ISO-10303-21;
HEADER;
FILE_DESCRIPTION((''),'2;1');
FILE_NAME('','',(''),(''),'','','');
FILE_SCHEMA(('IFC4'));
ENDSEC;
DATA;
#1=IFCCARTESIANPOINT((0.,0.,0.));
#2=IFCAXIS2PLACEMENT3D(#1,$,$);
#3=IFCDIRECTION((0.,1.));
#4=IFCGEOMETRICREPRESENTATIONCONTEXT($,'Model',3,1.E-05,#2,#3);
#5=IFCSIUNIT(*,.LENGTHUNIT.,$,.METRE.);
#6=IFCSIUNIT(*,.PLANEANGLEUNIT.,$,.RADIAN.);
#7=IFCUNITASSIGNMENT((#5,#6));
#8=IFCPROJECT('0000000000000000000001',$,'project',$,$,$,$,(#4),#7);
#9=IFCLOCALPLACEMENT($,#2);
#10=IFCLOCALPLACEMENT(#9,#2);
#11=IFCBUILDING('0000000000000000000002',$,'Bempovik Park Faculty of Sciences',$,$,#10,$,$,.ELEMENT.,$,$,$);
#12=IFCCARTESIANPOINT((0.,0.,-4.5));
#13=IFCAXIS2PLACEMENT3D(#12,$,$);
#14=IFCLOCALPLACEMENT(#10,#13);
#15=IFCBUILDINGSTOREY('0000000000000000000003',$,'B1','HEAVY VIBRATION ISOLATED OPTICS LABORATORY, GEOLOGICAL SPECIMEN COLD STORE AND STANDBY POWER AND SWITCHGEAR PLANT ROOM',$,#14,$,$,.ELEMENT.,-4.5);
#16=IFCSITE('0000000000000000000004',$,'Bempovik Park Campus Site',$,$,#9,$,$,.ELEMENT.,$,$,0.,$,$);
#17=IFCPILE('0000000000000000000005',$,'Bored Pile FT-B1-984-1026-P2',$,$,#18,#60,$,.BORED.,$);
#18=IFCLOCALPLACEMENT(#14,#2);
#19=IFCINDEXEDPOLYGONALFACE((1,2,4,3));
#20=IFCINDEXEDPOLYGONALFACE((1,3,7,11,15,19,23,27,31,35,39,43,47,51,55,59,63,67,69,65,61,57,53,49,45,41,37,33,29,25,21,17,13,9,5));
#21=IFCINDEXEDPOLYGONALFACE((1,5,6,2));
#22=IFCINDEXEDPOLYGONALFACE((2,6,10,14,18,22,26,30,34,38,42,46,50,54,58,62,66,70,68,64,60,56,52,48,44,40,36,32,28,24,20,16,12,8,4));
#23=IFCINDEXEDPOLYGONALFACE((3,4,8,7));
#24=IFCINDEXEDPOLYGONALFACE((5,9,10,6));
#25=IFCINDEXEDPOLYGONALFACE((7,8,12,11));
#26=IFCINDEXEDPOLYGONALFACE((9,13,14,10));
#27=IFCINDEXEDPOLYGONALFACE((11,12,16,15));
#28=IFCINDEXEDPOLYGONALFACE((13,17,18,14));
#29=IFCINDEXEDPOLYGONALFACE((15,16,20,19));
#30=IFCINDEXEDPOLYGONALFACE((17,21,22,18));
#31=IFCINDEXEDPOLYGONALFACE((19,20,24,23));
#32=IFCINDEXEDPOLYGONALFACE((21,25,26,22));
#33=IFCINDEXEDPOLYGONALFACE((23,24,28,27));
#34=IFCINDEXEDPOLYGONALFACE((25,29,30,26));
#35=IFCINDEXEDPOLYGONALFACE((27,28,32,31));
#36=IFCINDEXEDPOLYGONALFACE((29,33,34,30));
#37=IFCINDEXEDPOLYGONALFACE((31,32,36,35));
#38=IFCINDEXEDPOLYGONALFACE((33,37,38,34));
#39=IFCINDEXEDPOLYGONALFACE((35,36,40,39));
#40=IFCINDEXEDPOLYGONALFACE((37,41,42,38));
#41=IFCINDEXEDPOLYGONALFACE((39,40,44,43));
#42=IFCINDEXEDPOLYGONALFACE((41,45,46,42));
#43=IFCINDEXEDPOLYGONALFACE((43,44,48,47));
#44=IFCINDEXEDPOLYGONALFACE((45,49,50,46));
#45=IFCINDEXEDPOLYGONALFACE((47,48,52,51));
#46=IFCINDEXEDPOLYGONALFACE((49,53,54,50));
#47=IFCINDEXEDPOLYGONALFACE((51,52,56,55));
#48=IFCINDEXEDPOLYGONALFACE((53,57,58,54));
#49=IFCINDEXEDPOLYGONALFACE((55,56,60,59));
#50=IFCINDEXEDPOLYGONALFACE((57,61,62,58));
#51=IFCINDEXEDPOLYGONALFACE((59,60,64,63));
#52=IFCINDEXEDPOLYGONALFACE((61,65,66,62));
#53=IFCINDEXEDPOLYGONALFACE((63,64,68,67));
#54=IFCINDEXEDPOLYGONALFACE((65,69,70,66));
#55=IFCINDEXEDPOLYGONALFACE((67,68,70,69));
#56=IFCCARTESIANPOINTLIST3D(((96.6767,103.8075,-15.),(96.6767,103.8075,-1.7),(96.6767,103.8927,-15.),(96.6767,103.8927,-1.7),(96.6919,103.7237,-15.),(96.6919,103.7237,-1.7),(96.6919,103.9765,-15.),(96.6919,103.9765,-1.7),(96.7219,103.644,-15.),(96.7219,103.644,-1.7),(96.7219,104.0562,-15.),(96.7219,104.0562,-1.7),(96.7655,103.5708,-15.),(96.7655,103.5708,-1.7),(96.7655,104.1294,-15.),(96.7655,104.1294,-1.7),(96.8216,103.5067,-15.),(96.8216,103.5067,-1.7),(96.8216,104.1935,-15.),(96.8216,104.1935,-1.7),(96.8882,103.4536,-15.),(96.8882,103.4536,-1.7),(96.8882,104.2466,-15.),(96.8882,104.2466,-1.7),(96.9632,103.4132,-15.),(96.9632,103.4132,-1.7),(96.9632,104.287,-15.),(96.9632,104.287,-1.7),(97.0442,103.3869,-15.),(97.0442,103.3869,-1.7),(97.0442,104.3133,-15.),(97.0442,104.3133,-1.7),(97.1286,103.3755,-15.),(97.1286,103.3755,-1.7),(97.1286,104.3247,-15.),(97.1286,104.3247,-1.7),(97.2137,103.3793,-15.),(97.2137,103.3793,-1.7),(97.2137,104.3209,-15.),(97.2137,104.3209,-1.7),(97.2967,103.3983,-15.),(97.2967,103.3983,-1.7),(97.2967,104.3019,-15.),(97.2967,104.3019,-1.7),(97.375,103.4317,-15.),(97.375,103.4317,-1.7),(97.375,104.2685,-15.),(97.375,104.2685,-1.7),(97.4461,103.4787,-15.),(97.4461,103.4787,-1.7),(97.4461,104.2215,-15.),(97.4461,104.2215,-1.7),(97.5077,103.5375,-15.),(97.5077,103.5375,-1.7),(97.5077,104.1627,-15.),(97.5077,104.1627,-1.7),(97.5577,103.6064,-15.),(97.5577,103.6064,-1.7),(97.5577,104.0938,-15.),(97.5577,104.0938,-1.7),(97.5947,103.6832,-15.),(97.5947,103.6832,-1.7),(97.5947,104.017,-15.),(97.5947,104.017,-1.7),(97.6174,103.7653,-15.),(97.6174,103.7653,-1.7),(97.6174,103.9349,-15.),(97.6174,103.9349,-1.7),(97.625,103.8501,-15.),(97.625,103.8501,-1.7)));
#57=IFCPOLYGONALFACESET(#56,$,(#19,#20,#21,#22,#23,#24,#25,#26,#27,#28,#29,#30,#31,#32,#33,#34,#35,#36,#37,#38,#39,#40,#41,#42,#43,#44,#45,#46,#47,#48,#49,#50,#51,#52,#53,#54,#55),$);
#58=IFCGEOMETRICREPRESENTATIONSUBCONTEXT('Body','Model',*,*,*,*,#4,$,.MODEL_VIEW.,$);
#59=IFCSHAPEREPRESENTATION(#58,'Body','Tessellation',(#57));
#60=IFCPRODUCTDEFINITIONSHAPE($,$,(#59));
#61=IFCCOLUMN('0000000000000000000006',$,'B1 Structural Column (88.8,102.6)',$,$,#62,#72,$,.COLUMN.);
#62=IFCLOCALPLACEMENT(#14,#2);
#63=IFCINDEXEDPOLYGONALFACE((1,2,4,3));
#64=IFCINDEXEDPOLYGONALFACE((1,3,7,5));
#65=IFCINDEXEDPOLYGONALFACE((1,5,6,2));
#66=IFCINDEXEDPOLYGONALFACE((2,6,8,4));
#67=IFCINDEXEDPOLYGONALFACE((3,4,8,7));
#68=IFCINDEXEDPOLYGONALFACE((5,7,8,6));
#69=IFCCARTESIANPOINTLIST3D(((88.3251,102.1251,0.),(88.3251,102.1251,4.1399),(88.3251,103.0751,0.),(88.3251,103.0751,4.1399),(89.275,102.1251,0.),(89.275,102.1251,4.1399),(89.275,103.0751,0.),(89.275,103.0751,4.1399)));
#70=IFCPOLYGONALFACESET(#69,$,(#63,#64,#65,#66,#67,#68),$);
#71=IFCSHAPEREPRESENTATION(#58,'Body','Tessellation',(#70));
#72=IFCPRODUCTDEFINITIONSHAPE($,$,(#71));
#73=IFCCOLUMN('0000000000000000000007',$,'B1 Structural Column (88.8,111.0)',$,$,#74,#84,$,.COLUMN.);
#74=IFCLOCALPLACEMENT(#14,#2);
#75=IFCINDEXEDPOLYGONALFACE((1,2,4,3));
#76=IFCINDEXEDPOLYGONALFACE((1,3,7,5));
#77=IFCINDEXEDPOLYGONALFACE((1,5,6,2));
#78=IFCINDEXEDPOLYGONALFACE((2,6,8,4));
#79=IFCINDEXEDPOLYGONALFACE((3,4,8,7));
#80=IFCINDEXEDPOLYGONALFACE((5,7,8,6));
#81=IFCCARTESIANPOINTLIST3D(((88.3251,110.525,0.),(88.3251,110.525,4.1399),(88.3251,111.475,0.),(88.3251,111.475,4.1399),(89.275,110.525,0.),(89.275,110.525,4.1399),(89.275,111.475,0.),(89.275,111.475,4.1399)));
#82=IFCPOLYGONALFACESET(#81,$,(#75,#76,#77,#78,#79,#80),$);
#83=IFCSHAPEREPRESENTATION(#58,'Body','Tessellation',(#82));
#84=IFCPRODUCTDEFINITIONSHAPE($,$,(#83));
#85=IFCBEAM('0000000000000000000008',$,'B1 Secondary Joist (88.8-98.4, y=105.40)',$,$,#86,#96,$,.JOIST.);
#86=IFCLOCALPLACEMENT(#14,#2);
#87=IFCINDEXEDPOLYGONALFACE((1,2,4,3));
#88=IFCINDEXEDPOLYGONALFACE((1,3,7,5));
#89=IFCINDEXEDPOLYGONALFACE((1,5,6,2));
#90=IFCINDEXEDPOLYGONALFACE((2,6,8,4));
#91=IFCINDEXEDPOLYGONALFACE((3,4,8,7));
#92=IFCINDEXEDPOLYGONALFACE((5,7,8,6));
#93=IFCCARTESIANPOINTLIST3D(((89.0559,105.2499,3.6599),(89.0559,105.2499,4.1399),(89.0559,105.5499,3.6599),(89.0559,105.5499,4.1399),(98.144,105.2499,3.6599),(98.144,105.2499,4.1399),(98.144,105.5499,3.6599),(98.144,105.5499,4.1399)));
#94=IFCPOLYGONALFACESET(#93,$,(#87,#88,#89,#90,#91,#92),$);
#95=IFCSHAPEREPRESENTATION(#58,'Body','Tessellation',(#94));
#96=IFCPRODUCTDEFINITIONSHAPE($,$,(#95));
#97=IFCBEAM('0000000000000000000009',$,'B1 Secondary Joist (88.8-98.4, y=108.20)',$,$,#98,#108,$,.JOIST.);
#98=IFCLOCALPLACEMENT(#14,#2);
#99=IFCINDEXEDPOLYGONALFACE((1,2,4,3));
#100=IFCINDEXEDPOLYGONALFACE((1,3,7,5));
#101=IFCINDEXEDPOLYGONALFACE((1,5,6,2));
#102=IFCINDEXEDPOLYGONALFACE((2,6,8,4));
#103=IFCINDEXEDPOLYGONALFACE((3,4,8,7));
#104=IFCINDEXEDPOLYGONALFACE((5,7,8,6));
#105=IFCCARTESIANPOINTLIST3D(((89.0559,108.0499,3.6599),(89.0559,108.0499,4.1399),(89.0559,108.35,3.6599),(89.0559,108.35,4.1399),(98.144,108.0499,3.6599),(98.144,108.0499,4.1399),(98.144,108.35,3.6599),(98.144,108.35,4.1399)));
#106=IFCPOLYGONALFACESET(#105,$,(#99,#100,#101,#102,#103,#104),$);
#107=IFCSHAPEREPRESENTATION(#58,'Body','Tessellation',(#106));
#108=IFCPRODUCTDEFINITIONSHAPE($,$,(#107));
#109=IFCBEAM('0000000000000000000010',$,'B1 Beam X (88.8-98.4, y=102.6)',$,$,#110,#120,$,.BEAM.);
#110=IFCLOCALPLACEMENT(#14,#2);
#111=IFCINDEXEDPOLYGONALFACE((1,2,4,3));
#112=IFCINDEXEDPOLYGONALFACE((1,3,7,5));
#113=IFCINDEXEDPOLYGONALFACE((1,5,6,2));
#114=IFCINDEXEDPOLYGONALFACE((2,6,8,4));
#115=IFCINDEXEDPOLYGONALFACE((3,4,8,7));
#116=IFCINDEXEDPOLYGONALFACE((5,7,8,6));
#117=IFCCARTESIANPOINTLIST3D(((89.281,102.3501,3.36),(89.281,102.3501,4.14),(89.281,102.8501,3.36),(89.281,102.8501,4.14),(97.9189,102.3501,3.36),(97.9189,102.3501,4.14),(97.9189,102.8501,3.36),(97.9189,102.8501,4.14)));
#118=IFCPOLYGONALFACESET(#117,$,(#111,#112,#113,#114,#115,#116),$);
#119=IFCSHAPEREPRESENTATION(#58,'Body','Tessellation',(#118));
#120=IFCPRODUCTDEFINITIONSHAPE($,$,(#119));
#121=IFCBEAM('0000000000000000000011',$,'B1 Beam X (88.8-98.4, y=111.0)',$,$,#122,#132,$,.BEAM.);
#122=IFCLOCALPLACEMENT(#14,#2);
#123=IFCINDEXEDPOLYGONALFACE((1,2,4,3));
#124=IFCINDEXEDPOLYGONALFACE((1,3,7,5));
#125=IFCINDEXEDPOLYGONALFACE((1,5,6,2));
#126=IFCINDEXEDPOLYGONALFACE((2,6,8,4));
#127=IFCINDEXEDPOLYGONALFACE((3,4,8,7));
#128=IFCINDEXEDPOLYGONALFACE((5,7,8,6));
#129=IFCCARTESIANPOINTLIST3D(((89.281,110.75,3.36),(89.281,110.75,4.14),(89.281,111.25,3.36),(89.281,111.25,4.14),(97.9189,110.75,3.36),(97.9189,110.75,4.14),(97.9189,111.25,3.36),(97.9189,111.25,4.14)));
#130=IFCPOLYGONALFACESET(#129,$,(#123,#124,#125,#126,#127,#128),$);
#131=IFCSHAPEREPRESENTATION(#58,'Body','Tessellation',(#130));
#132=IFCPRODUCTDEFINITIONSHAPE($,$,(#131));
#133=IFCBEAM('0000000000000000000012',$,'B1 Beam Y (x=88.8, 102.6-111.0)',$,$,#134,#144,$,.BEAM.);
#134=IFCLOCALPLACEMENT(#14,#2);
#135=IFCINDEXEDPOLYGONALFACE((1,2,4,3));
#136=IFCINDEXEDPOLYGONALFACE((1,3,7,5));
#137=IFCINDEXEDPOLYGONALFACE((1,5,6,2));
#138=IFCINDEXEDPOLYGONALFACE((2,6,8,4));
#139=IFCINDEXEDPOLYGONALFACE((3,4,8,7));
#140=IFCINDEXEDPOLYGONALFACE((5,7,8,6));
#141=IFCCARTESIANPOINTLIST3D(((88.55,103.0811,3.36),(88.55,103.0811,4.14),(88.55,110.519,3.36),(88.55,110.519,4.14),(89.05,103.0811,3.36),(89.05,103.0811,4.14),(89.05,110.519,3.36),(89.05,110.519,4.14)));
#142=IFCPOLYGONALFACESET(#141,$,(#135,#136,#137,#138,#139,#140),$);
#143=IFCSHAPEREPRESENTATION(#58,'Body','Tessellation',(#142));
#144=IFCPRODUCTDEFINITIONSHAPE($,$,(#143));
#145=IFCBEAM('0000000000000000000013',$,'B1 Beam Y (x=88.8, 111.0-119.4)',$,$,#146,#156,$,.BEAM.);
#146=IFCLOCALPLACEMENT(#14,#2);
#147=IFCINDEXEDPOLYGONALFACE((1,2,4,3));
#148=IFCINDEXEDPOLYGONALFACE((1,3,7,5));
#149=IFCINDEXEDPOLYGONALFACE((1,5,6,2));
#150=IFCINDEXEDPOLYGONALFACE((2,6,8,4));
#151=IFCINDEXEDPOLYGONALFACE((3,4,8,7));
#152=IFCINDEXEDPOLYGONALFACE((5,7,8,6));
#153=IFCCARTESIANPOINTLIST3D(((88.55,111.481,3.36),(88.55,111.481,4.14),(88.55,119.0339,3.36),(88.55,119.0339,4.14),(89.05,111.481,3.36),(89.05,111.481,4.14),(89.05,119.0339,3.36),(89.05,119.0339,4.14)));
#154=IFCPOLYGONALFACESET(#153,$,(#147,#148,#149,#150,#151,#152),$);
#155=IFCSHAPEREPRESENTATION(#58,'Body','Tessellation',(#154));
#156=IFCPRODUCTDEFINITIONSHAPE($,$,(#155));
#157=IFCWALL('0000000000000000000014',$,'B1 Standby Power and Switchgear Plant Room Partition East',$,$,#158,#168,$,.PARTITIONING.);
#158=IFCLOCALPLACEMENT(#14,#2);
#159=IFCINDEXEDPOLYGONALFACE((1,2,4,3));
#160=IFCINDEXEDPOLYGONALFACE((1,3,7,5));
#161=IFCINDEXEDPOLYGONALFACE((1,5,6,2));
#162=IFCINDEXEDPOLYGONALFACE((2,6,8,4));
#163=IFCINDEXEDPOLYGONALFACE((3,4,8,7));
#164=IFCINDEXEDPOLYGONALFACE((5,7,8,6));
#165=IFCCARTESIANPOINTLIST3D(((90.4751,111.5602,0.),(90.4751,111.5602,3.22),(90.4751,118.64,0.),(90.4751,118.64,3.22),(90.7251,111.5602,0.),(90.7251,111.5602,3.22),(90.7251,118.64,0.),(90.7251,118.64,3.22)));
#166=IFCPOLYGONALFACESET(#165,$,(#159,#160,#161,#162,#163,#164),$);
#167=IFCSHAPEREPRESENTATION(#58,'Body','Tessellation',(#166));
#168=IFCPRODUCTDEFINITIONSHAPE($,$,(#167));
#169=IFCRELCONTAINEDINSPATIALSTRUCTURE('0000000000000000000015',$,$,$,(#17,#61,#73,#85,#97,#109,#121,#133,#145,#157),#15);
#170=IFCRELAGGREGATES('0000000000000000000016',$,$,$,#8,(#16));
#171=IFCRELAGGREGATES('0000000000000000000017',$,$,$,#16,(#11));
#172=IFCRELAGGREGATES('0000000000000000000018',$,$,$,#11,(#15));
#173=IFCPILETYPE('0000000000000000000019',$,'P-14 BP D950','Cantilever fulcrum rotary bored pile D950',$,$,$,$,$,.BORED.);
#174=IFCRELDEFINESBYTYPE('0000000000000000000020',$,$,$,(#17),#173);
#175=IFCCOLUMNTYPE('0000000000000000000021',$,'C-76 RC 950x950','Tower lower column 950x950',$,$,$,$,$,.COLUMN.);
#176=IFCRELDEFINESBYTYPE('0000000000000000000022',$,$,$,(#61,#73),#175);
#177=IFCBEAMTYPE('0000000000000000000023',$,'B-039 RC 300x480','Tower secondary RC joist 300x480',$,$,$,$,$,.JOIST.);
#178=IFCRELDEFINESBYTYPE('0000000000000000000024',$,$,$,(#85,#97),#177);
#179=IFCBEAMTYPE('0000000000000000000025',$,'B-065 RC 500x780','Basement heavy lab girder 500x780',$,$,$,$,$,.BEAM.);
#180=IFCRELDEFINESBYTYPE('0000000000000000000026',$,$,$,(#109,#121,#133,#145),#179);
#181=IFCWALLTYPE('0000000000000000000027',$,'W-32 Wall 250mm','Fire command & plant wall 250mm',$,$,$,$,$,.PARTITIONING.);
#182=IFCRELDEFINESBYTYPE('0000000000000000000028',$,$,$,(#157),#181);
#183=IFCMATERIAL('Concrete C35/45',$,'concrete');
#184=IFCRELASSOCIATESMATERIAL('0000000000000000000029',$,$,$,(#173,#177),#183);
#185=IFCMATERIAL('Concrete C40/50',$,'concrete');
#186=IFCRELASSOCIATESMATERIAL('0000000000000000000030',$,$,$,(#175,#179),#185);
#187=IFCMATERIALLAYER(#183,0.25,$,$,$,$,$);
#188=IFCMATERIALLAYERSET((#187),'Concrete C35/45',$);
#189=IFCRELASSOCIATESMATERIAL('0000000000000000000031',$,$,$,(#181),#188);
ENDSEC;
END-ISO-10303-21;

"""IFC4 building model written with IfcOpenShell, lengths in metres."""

from ifc_helpers import new_model, si_unit, direction, frame, frame_2d, origin, origin_2d, place, context, subcontext, project, spatial, rectangle, circle, extrude, material, layer, layer_set, material_profile, profile_set, type_object, element, save


model = new_model("IFC4")

# Units and contexts
model_context = context("Model", 3, precision=1e-05, world=origin(), true_north=direction((0.0, 1.0)))
body_context = subcontext(model_context, "Body", "Model", "MODEL_VIEW")
ifc_project = project(units=[si_unit("LENGTHUNIT", "METRE"), si_unit("PLANEANGLEUNIT", "RADIAN")], contexts=[model_context])

# Site, building, storey
site_placement = place(None, origin())
site = spatial("IfcSite", under=ifc_project, at=site_placement, Name="Bempovik Park Campus Site", CompositionType="ELEMENT", RefElevation=0.0)
building_placement = place(site_placement, origin())
building = spatial("IfcBuilding", under=site, at=building_placement, Name="Bempovik Park Faculty of Sciences", CompositionType="ELEMENT")
storey_placement = place(building_placement, frame((0.0, 0.0, -4.5)))
storey = spatial("IfcBuildingStorey", under=building, at=storey_placement, Name="B1", Description="HEAVY VIBRATION ISOLATED OPTICS LABORATORY, GEOLOGICAL SPECIMEN COLD STORE AND STANDBY POWER AND SWITCHGEAR PLANT ROOM", CompositionType="ELEMENT", Elevation=-4.5)

# Shared definitions
ifc_material_1 = material(Name="Concrete C35/45", Category="concrete")

# Pile
ifc_material_profile_1 = material_profile(ifc_material_1, circle(Radius=0.4751, at=origin_2d()), Name="BP D950")
ifc_profile_set_1 = profile_set([ifc_material_profile_1], Name="Concrete C35/45")
pile_type = type_object("IfcPileType", Name="P-14 BP D950", Description="Cantilever fulcrum rotary bored pile D950", PredefinedType="BORED", material=ifc_profile_set_1)
for number, where, z_axis, x_axis, name in (
    (1, (97.1499, 103.8501, -1.7), (0.0, 0.0, -1.0), (1.0, 0.0, 0.0), "Bored Pile FT-B1-984-1026-P2"),
):
    element("IfcPile", number, at=place(storey_placement, frame(where, z_axis=z_axis, x_axis=x_axis)), inside=storey, type_object=pile_type, Name=name, PredefinedType="BORED", context=body_context, shape_type="SweptSolid", body=[
        extrude(circle(Radius=0.4751, at=origin_2d()), origin(), (0.0, 0.0, 1.0), 13.3),
    ])

# Columns
ifc_material_2 = material(Name="Concrete C40/50", Category="concrete")
ifc_material_profile_2 = material_profile(ifc_material_2, rectangle(XDim=0.95, YDim=0.95, at=origin_2d()), Name="RC 950x950")
ifc_profile_set_2 = profile_set([ifc_material_profile_2], Name="Concrete C40/50")
column_type = type_object("IfcColumnType", Name="C-76 RC 950x950", Description="Tower lower column 950x950", PredefinedType="COLUMN", material=ifc_profile_set_2)
for number, where, z_axis, x_axis, name in (
    (2, (88.8, 102.6001, 0.0), (0.0, 0.0, 1.0), (1.0, 0.0, 0.0), "B1 Structural Column (88.8,102.6)"),
    (3, (88.8, 111.0, 0.0), (0.0, 0.0, 1.0), (1.0, 0.0, 0.0), "B1 Structural Column (88.8,111.0)"),
):
    element("IfcColumn", number, at=place(storey_placement, frame(where, z_axis=z_axis, x_axis=x_axis)), inside=storey, type_object=column_type, Name=name, PredefinedType="COLUMN", context=body_context, shape_type="SweptSolid", body=[
        extrude(rectangle(XDim=0.95, YDim=0.95, at=origin_2d()), origin(), (0.0, 0.0, 1.0), 4.1399),
    ])

# Beams
ifc_material_profile_3 = material_profile(ifc_material_1, rectangle(XDim=0.3, YDim=0.48, at=origin_2d()), Name="RC 300x480")
ifc_profile_set_3 = profile_set([ifc_material_profile_3], Name="Concrete C35/45")
beam_type_1 = type_object("IfcBeamType", Name="B-039 RC 300x480", Description="Tower secondary RC joist 300x480", PredefinedType="JOIST", material=ifc_profile_set_3)
for number, where, z_axis, x_axis, name in (
    (4, (89.0559, 105.3999, 3.8999), (1.0, 0.0, 0.0), (0.0, 1.0, 0.0), "B1 Secondary Joist (88.8-98.4, y=105.40)"),
    (5, (89.0559, 108.2, 3.8999), (1.0, 0.0, 0.0), (0.0, 1.0, 0.0), "B1 Secondary Joist (88.8-98.4, y=108.20)"),
):
    element("IfcBeam", number, at=place(storey_placement, frame(where, z_axis=z_axis, x_axis=x_axis)), inside=storey, type_object=beam_type_1, Name=name, PredefinedType="JOIST", context=body_context, shape_type="SweptSolid", body=[
        extrude(rectangle(XDim=0.3, YDim=0.48, at=origin_2d()), origin(), (0.0, 0.0, 1.0), 9.0881),
    ])
ifc_material_profile_4 = material_profile(ifc_material_2, rectangle(XDim=0.5, YDim=0.78, at=origin_2d()), Name="RC 500x780")
ifc_profile_set_4 = profile_set([ifc_material_profile_4], Name="Concrete C40/50")
beam_type_2 = type_object("IfcBeamType", Name="B-065 RC 500x780", Description="Basement heavy lab girder 500x780", PredefinedType="BEAM", material=ifc_profile_set_4)
for number, where, z_axis, x_axis, name in (
    (6, (89.281, 102.6001, 3.75), (1.0, 0.0, 0.0), (0.0, 1.0, 0.0), "B1 Beam X (88.8-98.4, y=102.6)"),
    (7, (89.281, 111.0, 3.75), (1.0, 0.0, 0.0), (0.0, 1.0, 0.0), "B1 Beam X (88.8-98.4, y=111.0)"),
):
    element("IfcBeam", number, at=place(storey_placement, frame(where, z_axis=z_axis, x_axis=x_axis)), inside=storey, type_object=beam_type_2, Name=name, PredefinedType="BEAM", context=body_context, shape_type="SweptSolid", body=[
        extrude(rectangle(XDim=0.5, YDim=0.78, at=origin_2d()), origin(), (0.0, 0.0, 1.0), 8.6379),
    ])
beam_1_placement = place(storey_placement, frame((88.8, 103.0811, 3.75), z_axis=(0.0, 1.0, 0.0), x_axis=(-1.0, 0.0, 0.0)))
element("IfcBeam", 8, at=beam_1_placement, inside=storey, type_object=beam_type_2, Name="B1 Beam Y (x=88.8, 102.6-111.0)", PredefinedType="BEAM", context=body_context, shape_type="SweptSolid", body=[
    extrude(rectangle(XDim=0.5, YDim=0.78, at=origin_2d()), origin(), (0.0, 0.0, 1.0), 7.438),
])
beam_2_placement = place(storey_placement, frame((88.8, 111.481, 3.75), z_axis=(0.0, 1.0, 0.0), x_axis=(-1.0, 0.0, 0.0)))
element("IfcBeam", 9, at=beam_2_placement, inside=storey, type_object=beam_type_2, Name="B1 Beam Y (x=88.8, 111.0-119.4)", PredefinedType="BEAM", context=body_context, shape_type="SweptSolid", body=[
    extrude(rectangle(XDim=0.5, YDim=0.78, at=origin_2d()), origin(), (0.0, 0.0, 1.0), 7.553),
])

# Wall
ifc_layer_1 = layer(ifc_material_1, 0.25)
ifc_layer_set_1 = layer_set([ifc_layer_1], Name="Concrete C35/45")
wall_type_1 = type_object("IfcWallType", Name="W-32 Wall 250mm", Description="Fire command & plant wall 250mm", PredefinedType="PARTITIONING", material=ifc_layer_set_1)
wall_1_placement = place(storey_placement, frame((90.6001, 111.5601, 0.0), z_axis=(0.0, 0.0, 1.0), x_axis=(0.0, 1.0, 0.0)))
element("IfcWall", 10, at=wall_1_placement, inside=storey, type_object=wall_type_1, Name="B1 Standby Power and Switchgear Plant Room Partition East", PredefinedType="PARTITIONING", context=body_context, shape_type="SweptSolid", body=[
    extrude(rectangle(XDim=7.0798, YDim=0.25, at=frame_2d((3.54, 0.0))), origin(), (0.0, 0.0, 1.0), 3.22),
])

save(model, "model.ifc")
